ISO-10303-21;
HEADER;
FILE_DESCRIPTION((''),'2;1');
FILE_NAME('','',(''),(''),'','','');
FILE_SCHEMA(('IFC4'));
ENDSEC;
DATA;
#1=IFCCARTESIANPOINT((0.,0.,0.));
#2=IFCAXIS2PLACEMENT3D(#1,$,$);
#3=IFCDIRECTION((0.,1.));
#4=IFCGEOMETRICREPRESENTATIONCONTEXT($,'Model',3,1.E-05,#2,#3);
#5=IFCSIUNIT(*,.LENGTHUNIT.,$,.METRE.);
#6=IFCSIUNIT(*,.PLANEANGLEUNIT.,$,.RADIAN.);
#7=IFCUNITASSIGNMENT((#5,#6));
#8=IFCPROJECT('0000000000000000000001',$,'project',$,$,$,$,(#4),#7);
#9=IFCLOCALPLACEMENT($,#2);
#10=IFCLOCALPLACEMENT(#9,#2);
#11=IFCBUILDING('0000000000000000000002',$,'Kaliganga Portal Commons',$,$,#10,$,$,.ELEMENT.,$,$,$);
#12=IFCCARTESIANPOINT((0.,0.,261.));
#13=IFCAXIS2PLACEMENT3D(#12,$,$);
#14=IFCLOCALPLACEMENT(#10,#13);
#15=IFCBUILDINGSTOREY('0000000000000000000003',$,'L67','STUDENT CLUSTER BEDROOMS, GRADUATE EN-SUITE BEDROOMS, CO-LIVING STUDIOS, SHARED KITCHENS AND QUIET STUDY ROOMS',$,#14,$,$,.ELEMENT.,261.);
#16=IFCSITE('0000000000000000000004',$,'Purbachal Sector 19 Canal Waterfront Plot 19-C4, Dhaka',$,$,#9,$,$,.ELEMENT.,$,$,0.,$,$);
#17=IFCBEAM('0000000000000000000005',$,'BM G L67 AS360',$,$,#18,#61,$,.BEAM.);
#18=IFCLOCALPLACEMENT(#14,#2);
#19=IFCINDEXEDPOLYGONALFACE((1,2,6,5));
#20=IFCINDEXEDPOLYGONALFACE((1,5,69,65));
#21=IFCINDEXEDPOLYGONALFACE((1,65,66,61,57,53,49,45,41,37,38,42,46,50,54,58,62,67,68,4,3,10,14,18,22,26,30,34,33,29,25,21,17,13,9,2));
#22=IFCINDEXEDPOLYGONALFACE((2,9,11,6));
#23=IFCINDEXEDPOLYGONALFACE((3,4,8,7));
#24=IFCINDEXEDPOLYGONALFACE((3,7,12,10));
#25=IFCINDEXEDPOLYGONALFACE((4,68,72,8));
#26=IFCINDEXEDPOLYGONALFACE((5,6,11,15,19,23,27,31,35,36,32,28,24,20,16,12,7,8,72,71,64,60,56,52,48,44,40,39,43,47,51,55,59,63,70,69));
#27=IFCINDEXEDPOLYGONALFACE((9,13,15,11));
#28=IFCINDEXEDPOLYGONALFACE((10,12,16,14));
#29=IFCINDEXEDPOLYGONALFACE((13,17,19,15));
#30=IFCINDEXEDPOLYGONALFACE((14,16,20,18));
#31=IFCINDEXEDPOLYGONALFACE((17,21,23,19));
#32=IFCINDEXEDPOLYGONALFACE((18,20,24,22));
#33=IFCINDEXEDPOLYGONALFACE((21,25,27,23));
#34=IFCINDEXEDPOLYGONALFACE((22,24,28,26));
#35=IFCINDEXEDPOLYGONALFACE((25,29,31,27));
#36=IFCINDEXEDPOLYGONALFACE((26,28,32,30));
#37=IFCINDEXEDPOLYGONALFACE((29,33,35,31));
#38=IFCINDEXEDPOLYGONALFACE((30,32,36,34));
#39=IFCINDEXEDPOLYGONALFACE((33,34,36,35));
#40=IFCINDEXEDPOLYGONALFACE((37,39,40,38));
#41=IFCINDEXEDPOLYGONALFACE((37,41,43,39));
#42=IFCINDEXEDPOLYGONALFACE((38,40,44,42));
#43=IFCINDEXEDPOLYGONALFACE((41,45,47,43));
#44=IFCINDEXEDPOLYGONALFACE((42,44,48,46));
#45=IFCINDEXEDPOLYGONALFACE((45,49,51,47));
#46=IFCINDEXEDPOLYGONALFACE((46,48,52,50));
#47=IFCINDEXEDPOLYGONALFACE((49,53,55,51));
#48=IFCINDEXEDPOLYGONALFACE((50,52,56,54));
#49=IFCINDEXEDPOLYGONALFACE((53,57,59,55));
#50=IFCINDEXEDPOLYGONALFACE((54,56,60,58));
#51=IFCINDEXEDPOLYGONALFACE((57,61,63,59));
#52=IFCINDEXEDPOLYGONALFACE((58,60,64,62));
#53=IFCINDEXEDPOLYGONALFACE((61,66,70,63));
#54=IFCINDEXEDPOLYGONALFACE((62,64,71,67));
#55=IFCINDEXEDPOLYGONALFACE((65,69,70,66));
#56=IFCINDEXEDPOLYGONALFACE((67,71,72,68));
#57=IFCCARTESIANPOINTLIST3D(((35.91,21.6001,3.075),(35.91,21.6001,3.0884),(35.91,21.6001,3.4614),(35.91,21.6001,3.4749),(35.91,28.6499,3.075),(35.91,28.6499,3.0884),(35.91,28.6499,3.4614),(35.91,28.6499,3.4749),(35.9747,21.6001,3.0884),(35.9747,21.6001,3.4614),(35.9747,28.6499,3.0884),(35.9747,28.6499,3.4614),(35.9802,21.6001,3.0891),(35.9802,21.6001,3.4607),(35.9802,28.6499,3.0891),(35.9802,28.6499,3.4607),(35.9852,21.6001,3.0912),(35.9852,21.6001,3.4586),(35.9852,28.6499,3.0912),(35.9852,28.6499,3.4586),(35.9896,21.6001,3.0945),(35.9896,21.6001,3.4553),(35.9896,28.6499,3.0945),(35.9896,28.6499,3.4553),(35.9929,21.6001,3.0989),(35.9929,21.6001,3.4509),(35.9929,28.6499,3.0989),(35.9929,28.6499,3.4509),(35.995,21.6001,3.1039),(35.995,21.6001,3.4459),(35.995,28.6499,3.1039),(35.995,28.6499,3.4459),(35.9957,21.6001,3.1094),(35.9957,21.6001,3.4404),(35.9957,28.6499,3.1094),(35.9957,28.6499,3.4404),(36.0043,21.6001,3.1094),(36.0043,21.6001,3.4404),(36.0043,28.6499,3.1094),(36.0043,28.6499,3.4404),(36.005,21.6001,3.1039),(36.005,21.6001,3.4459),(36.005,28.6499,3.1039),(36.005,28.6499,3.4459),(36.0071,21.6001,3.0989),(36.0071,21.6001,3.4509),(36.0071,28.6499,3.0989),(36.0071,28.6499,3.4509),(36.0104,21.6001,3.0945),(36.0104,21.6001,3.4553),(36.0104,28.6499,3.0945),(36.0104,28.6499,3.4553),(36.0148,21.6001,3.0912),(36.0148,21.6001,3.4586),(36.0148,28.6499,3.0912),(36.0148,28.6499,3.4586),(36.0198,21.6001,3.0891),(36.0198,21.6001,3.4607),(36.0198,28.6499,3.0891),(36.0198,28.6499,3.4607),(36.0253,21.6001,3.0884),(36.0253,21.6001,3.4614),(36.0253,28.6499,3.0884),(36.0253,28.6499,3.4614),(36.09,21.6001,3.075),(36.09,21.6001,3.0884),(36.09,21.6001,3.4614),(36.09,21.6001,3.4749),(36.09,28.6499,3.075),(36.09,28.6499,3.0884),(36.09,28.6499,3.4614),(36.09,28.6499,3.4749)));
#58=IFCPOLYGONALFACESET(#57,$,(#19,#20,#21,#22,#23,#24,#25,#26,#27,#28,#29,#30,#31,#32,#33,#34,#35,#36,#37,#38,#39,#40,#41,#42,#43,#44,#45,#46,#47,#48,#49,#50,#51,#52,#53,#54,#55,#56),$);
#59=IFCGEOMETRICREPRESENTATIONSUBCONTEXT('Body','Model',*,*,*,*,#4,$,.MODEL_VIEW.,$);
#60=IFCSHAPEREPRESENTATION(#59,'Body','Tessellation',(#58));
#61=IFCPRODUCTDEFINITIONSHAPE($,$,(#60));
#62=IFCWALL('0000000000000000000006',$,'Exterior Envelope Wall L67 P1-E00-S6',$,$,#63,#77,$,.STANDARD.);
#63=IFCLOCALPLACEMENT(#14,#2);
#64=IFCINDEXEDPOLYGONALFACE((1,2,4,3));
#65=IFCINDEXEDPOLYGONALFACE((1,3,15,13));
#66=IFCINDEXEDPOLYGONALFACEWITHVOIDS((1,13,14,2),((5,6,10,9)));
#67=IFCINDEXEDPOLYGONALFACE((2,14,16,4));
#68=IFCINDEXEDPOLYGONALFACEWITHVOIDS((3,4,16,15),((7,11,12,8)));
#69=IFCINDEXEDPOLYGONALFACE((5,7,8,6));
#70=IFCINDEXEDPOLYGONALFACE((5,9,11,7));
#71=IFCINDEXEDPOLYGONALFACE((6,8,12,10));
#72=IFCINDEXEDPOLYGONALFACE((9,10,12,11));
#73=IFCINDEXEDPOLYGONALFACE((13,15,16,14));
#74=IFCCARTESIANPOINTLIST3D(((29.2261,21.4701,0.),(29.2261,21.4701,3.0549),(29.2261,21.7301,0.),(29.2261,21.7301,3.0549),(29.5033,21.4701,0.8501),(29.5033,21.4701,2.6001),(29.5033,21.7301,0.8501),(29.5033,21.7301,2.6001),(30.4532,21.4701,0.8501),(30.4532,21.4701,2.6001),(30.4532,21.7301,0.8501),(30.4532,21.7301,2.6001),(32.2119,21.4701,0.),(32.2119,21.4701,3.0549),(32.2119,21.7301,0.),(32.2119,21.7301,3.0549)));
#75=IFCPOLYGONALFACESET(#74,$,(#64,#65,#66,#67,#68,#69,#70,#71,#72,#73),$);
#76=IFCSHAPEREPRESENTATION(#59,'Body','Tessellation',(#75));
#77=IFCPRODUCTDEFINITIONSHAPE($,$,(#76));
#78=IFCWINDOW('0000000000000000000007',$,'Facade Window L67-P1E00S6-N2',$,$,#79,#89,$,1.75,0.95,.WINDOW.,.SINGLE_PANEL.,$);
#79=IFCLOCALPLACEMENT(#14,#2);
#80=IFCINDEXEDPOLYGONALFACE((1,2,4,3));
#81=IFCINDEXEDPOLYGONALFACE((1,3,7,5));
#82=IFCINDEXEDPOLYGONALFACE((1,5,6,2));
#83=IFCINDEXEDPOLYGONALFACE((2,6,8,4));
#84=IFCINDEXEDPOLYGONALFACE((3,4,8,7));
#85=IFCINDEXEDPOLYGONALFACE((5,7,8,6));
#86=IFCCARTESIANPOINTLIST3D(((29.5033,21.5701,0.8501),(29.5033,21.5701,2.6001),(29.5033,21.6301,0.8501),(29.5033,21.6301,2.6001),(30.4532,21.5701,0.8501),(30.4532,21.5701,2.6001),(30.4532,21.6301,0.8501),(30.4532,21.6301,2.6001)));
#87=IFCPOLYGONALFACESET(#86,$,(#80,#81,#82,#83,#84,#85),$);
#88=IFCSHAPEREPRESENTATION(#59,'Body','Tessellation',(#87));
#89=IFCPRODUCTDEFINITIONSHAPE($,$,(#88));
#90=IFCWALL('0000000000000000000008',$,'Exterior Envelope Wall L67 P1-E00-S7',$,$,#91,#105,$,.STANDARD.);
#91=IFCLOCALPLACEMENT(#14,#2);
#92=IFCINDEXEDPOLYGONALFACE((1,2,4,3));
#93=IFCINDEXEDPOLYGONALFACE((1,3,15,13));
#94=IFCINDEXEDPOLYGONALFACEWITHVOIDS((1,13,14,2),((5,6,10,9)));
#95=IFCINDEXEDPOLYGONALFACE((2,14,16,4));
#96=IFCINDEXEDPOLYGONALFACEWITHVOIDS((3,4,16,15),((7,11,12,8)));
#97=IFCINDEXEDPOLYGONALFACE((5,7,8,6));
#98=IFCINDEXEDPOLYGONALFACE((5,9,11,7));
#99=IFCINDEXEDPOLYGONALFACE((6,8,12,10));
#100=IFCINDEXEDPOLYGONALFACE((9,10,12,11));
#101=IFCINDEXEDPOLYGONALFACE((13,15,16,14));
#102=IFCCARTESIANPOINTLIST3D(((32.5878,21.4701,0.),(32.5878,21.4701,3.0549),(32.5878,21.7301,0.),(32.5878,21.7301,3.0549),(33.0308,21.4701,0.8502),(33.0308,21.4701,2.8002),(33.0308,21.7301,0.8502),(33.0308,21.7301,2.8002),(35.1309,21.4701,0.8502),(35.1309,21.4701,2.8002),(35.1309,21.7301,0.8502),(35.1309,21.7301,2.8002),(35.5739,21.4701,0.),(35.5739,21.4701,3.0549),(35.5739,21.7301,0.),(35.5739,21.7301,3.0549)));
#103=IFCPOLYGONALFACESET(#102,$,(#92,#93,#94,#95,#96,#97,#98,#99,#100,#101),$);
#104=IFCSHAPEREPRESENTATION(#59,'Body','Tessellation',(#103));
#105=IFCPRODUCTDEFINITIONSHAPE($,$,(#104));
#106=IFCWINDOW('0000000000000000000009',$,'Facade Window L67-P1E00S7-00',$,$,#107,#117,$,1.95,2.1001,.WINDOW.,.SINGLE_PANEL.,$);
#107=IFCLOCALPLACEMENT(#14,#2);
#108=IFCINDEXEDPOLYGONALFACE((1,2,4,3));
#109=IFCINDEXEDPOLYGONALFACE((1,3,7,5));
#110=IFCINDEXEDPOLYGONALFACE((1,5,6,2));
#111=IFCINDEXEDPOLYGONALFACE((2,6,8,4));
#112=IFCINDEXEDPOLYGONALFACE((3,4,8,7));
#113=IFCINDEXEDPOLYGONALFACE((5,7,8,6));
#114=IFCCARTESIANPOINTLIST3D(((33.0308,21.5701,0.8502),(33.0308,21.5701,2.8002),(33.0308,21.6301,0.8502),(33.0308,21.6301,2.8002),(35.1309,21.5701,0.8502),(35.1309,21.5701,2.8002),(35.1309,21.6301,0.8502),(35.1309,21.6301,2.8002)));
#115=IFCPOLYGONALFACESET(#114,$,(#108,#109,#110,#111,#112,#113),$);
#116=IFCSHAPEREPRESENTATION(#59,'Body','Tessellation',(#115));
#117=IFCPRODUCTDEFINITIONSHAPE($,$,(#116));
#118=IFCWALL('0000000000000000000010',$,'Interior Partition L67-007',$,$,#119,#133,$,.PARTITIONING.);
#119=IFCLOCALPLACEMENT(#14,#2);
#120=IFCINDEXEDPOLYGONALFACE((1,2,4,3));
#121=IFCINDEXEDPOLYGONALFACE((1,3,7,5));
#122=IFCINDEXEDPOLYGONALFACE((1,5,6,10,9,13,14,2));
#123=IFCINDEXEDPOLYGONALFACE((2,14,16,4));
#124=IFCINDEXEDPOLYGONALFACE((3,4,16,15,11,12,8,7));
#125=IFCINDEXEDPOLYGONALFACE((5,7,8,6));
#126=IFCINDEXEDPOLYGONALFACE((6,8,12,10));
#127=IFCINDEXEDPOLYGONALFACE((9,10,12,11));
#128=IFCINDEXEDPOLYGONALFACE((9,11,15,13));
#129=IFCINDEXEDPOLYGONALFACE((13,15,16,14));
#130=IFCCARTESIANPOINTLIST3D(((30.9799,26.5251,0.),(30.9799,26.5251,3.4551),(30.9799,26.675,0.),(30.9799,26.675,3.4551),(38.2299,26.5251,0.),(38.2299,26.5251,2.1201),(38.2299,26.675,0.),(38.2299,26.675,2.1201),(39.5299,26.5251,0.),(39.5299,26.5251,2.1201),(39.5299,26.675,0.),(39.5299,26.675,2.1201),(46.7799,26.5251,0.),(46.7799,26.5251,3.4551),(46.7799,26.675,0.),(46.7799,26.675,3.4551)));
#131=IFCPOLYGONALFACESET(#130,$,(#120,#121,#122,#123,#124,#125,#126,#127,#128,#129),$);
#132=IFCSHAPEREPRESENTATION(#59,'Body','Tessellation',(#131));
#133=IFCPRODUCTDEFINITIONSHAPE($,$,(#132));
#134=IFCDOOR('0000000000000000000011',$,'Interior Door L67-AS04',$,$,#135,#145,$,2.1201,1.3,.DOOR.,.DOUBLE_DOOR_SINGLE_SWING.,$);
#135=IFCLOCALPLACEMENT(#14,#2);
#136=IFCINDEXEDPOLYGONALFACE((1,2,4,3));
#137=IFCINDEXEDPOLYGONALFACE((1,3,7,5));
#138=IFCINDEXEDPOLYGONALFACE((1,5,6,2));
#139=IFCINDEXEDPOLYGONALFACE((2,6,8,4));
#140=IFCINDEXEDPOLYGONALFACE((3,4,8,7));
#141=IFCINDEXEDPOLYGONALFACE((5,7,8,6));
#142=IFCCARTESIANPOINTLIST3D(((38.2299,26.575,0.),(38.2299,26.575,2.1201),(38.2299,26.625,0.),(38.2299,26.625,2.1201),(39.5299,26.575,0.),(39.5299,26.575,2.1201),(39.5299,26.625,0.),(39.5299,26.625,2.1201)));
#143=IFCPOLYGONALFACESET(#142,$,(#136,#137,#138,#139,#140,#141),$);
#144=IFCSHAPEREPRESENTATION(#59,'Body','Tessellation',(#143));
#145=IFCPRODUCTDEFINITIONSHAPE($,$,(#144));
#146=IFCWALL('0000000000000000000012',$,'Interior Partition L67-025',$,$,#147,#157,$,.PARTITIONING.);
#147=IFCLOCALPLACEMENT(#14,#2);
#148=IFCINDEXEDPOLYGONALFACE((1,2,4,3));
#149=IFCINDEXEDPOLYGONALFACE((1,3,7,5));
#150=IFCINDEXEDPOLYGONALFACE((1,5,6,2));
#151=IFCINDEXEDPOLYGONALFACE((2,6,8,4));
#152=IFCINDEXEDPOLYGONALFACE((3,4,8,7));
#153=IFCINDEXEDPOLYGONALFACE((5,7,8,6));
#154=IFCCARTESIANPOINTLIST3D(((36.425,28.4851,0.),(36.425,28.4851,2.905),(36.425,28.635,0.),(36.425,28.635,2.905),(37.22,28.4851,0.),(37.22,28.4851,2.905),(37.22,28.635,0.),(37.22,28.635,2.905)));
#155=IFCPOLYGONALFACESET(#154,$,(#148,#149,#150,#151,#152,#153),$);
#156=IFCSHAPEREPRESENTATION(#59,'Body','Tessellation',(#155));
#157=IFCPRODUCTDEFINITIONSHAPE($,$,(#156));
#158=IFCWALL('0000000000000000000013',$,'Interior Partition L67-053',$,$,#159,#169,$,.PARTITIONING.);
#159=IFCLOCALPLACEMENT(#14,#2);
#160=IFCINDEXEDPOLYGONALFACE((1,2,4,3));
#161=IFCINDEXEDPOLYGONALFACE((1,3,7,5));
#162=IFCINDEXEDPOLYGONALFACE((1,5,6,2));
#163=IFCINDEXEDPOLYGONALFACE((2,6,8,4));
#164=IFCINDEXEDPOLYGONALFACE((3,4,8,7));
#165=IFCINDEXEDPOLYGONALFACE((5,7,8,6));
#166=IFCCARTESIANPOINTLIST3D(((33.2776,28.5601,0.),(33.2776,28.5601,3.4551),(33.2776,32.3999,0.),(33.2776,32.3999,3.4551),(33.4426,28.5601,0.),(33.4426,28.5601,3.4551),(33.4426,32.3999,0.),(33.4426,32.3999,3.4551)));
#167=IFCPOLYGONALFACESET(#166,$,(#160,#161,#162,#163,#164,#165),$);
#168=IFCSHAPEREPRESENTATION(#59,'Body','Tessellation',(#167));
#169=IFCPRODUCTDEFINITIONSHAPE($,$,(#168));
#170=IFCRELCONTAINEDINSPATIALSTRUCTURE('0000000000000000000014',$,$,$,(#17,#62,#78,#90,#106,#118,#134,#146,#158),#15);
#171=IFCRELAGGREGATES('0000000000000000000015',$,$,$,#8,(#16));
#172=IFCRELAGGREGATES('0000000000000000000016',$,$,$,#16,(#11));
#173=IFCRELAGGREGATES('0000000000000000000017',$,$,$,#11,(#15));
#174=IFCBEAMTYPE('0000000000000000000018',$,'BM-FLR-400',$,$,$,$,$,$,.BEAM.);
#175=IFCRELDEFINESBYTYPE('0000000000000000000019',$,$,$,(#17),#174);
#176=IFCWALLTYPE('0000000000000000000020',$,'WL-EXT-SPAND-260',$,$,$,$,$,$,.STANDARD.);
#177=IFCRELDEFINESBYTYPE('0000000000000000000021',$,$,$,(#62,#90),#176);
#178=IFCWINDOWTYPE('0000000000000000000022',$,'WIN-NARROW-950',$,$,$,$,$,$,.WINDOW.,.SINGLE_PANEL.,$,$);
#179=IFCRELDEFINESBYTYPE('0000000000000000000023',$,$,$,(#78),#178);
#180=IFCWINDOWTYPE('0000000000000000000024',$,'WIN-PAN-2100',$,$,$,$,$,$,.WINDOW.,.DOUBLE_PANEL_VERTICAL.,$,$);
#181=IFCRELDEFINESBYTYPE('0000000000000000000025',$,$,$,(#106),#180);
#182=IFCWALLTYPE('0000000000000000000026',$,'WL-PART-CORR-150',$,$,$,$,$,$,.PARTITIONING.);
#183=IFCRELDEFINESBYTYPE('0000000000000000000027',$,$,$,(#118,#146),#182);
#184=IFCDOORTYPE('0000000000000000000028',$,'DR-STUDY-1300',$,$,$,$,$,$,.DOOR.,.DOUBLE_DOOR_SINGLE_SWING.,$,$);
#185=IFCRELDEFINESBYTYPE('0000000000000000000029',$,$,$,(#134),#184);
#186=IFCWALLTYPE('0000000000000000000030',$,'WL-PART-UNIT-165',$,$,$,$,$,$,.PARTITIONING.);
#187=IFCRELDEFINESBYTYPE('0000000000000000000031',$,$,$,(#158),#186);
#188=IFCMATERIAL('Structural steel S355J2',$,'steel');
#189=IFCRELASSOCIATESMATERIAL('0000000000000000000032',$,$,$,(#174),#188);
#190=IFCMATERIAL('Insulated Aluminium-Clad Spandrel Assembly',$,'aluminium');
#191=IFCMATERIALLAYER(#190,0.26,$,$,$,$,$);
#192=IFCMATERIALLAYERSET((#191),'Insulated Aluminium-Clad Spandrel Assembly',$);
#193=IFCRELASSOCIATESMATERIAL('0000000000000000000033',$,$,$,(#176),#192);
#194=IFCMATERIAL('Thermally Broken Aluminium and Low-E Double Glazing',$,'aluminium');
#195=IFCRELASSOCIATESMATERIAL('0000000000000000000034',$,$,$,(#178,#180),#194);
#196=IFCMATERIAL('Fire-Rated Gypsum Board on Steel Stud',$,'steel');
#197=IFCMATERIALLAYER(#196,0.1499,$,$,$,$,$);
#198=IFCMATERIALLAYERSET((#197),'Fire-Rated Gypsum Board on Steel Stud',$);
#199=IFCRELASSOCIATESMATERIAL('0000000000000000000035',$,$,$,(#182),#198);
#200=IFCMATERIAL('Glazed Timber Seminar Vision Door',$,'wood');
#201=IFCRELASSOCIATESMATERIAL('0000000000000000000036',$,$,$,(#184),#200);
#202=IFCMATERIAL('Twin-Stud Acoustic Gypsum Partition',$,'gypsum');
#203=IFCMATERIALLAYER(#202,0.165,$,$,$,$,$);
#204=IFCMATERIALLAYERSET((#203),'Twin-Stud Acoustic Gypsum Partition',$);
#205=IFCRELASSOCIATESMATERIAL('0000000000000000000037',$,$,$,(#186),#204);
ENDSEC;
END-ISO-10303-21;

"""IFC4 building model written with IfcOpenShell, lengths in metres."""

from ifc_helpers import new_model, si_unit, direction, frame, frame_2d, origin, origin_2d, place, context, subcontext, project, spatial, rectangle, i_section, extrude, source, transform, mapped, material, layer, layer_set, material_profile, profile_set, type_object, element, fill, save


model = new_model("IFC4")

# Units and contexts
model_context = context("Model", 3, precision=1e-05, world=origin(), true_north=direction((0.0, 1.0)))
body_context = subcontext(model_context, "Body", "Model", "MODEL_VIEW")
ifc_project = project(units=[si_unit("LENGTHUNIT", "METRE"), si_unit("PLANEANGLEUNIT", "RADIAN")], contexts=[model_context])

# Site, building, storey
site_placement = place(None, origin())
site = spatial("IfcSite", under=ifc_project, at=site_placement, Name="Purbachal Sector 19 Canal Waterfront Plot 19-C4, Dhaka", CompositionType="ELEMENT", RefElevation=0.0)
building_placement = place(site_placement, origin())
building = spatial("IfcBuilding", under=site, at=building_placement, Name="Kaliganga Portal Commons", CompositionType="ELEMENT")
storey_placement = place(building_placement, frame((0.0, 0.0, 261.0)))
storey = spatial("IfcBuildingStorey", under=building, at=storey_placement, Name="L67", Description="STUDENT CLUSTER BEDROOMS, GRADUATE EN-SUITE BEDROOMS, CO-LIVING STUDIOS, SHARED KITCHENS AND QUIET STUDY ROOMS", CompositionType="ELEMENT", Elevation=261.0)

# Shared definitions
ifc_material_1 = material(Name="Structural steel S355J2", Category="steel")

# Beam
ifc_material_profile_1 = material_profile(ifc_material_1, i_section(OverallWidth=0.1799, OverallDepth=0.3999, WebThickness=0.0085, FlangeThickness=0.0134, FilletRadius=0.021, at=origin_2d()), Name="IPE 400")
ifc_profile_set_1 = profile_set([ifc_material_profile_1], Name="Structural steel S355J2 wide-flange")
beam_type_1 = type_object("IfcBeamType", Name="BM-FLR-400", PredefinedType="BEAM", material=ifc_profile_set_1)
shared_shape_1 = source(origin(), body_context, "Body", "SweptSolid", [
    extrude(i_section(OverallWidth=0.1799, OverallDepth=0.3999, WebThickness=0.0085, FlangeThickness=0.0134, FilletRadius=0.021, at=origin_2d()), origin(), (0.0, 0.0, 1.0), 7.0498),
])
beam_1_placement = place(storey_placement, frame((36.0, 21.6001, 3.2749), z_axis=(0.0, 1.0, 0.0), x_axis=(-1.0, 0.0, 0.0)))
element("IfcBeam", 1, at=beam_1_placement, inside=storey, type_object=beam_type_1, Name="BM G L67 AS360", PredefinedType="BEAM", context=body_context, shape_type="MappedRepresentation", body=[
    mapped(shared_shape_1, transform((0.0, 0.0, 0.0), x_axis=(1.0, 0.0, 0.0), y_axis=(0.0, 1.0, 0.0), z_axis=(0.0, 0.0, 1.0), scale=1.0)),
])

# Walls, openings, windows
ifc_material_2 = material(Name="Insulated Aluminium-Clad Spandrel Assembly", Category="aluminium")
ifc_layer_1 = layer(ifc_material_2, 0.26)
ifc_layer_set_1 = layer_set([ifc_layer_1], Name="Insulated Aluminium-Clad Spandrel Assembly")
wall_type_1 = type_object("IfcWallType", Name="WL-EXT-SPAND-260", PredefinedType="STANDARD", material=ifc_layer_set_1)
wall_1_placement = place(storey_placement, frame((32.2119, 21.6001, 0.0), z_axis=(0.0, 0.0, 1.0), x_axis=(-1.0, 0.0, 0.0)))
wall_1 = element("IfcWall", 2, at=wall_1_placement, inside=storey, type_object=wall_type_1, Name="Exterior Envelope Wall L67 P1-E00-S6", PredefinedType="STANDARD", context=body_context, shape_type="SweptSolid", body=[
    extrude(rectangle(XDim=2.9858, YDim=0.26, at=frame_2d((1.4929, 0.0))), origin(), (0.0, 0.0, 1.0), 3.0549),
])
opening_1_placement = place(wall_1_placement, frame((1.7585, 0.0, 0.8501)))
opening_1 = element("IfcOpeningElement", 3, at=opening_1_placement, cuts=wall_1, PredefinedType="OPENING", context=body_context, shape_type="SweptSolid", body=[
    extrude(rectangle(XDim=0.95, YDim=1.75, at=frame_2d((0.4751, 0.875))), frame((0.0, 0.1401, 0.0), z_axis=(0.0, -1.0, 0.0), x_axis=(1.0, 0.0, 0.0)), (0.0, 0.0, 1.0), 0.28),
])
ifc_material_3 = material(Name="Thermally Broken Aluminium and Low-E Double Glazing", Category="aluminium")
window_type_1 = type_object("IfcWindowType", Name="WIN-NARROW-950", PartitioningType="SINGLE_PANEL", PredefinedType="WINDOW", material=ifc_material_3)
window_1_placement = place(opening_1_placement, origin())
window_1 = element("IfcWindow", 4, at=window_1_placement, inside=storey, type_object=window_type_1, Name="Facade Window L67-P1E00S6-N2", OverallHeight=1.75, OverallWidth=0.95, PartitioningType="SINGLE_PANEL", PredefinedType="WINDOW", context=body_context, shape_type="SweptSolid", body=[
    extrude(rectangle(XDim=0.95, YDim=1.75, at=frame_2d((0.4751, 0.875))), frame((0.0, 0.03, 0.0), z_axis=(0.0, -1.0, 0.0), x_axis=(1.0, 0.0, 0.0)), (0.0, 0.0, 1.0), 0.0601),
])
fill(opening_1, window_1)
wall_2_placement = place(storey_placement, frame((35.574, 21.6001, 0.0), z_axis=(0.0, 0.0, 1.0), x_axis=(-1.0, 0.0, 0.0)))
wall_2 = element("IfcWall", 5, at=wall_2_placement, inside=storey, type_object=wall_type_1, Name="Exterior Envelope Wall L67 P1-E00-S7", PredefinedType="STANDARD", context=body_context, shape_type="SweptSolid", body=[
    extrude(rectangle(XDim=2.9861, YDim=0.26, at=frame_2d((1.4932, 0.0))), origin(), (0.0, 0.0, 1.0), 3.0549),
])
opening_2_placement = place(wall_2_placement, frame((0.4431, 0.0, 0.8501)))
opening_2 = element("IfcOpeningElement", 6, at=opening_2_placement, cuts=wall_2, PredefinedType="OPENING", context=body_context, shape_type="SweptSolid", body=[
    extrude(rectangle(XDim=2.1001, YDim=1.95, at=frame_2d((1.05, 0.9751))), frame((0.0, 0.1401, 0.0), z_axis=(0.0, -1.0, 0.0), x_axis=(1.0, 0.0, 0.0)), (0.0, 0.0, 1.0), 0.28),
])
window_type_2 = type_object("IfcWindowType", Name="WIN-PAN-2100", PartitioningType="DOUBLE_PANEL_VERTICAL", PredefinedType="WINDOW", material=ifc_material_3)
window_2_placement = place(opening_2_placement, origin())
window_2 = element("IfcWindow", 7, at=window_2_placement, inside=storey, type_object=window_type_2, Name="Facade Window L67-P1E00S7-00", OverallHeight=1.95, OverallWidth=2.1001, PartitioningType="SINGLE_PANEL", PredefinedType="WINDOW", context=body_context, shape_type="SweptSolid", body=[
    extrude(rectangle(XDim=2.1001, YDim=1.95, at=frame_2d((1.05, 0.9751))), frame((0.0, 0.03, 0.0), z_axis=(0.0, -1.0, 0.0), x_axis=(1.0, 0.0, 0.0)), (0.0, 0.0, 1.0), 0.0601),
])
fill(opening_2, window_2)

# Wall, opening, door
ifc_material_4 = material(Name="Fire-Rated Gypsum Board on Steel Stud", Category="steel")
ifc_layer_2 = layer(ifc_material_4, 0.1499)
ifc_layer_set_2 = layer_set([ifc_layer_2], Name="Fire-Rated Gypsum Board on Steel Stud")
wall_type_2 = type_object("IfcWallType", Name="WL-PART-CORR-150", PredefinedType="PARTITIONING", material=ifc_layer_set_2)
wall_3_placement = place(storey_placement, frame((30.98, 26.6001, 0.0), z_axis=(0.0, 0.0, 1.0), x_axis=(1.0, 0.0, 0.0)))
wall_3 = element("IfcWall", 8, at=wall_3_placement, inside=storey, type_object=wall_type_2, Name="Interior Partition L67-007", PredefinedType="PARTITIONING", context=body_context, shape_type="SweptSolid", body=[
    extrude(rectangle(XDim=15.8, YDim=0.1499, at=frame_2d((7.8999, 0.0))), origin(), (0.0, 0.0, 1.0), 3.4551),
])
opening_3_placement = place(wall_3_placement, frame((7.25, 0.0, 0.0)))
opening_3 = element("IfcOpeningElement", 9, at=opening_3_placement, cuts=wall_3, PredefinedType="OPENING", context=body_context, shape_type="SweptSolid", body=[
    extrude(rectangle(XDim=1.3, YDim=2.1201, at=frame_2d((0.6499, 1.0601))), frame((0.0, 0.085, 0.0), z_axis=(0.0, -1.0, 0.0), x_axis=(1.0, 0.0, 0.0)), (0.0, 0.0, 1.0), 0.1699),
])
ifc_material_5 = material(Name="Glazed Timber Seminar Vision Door", Category="wood")
door_type = type_object("IfcDoorType", Name="DR-STUDY-1300", OperationType="DOUBLE_DOOR_SINGLE_SWING", PredefinedType="DOOR", material=ifc_material_5)
door_1_placement = place(opening_3_placement, origin())
door_1 = element("IfcDoor", 10, at=door_1_placement, inside=storey, type_object=door_type, Name="Interior Door L67-AS04", OperationType="DOUBLE_DOOR_SINGLE_SWING", OverallHeight=2.1201, OverallWidth=1.3, PredefinedType="DOOR", context=body_context, shape_type="SweptSolid", body=[
    extrude(rectangle(XDim=1.3, YDim=2.1201, at=frame_2d((0.6499, 1.0601))), frame((0.0, 0.0249, 0.0), z_axis=(0.0, -1.0, 0.0), x_axis=(1.0, 0.0, 0.0)), (0.0, 0.0, 1.0), 0.05),
])
fill(opening_3, door_1)

# Walls
wall_4_placement = place(storey_placement, frame((36.425, 28.5601, 0.0), z_axis=(0.0, 0.0, 1.0), x_axis=(1.0, 0.0, 0.0)))
element("IfcWall", 11, at=wall_4_placement, inside=storey, type_object=wall_type_2, Name="Interior Partition L67-025", PredefinedType="PARTITIONING", context=body_context, shape_type="SweptSolid", body=[
    extrude(rectangle(XDim=0.7949, YDim=0.1499, at=frame_2d((0.3975, 0.0))), origin(), (0.0, 0.0, 1.0), 2.905),
])
ifc_material_6 = material(Name="Twin-Stud Acoustic Gypsum Partition", Category="gypsum")
ifc_layer_3 = layer(ifc_material_6, 0.165)
ifc_layer_set_3 = layer_set([ifc_layer_3], Name="Twin-Stud Acoustic Gypsum Partition")
wall_type_3 = type_object("IfcWallType", Name="WL-PART-UNIT-165", PredefinedType="PARTITIONING", material=ifc_layer_set_3)
wall_5_placement = place(storey_placement, frame((33.3601, 28.5601, 0.0), z_axis=(0.0, 0.0, 1.0), x_axis=(0.0, 1.0, 0.0)))
element("IfcWall", 12, at=wall_5_placement, inside=storey, type_object=wall_type_3, Name="Interior Partition L67-053", PredefinedType="PARTITIONING", context=body_context, shape_type="SweptSolid", body=[
    extrude(rectangle(XDim=3.8398, YDim=0.165, at=frame_2d((1.9199, 0.0))), origin(), (0.0, 0.0, 1.0), 3.4551),
])

save(model, "model.ifc")
